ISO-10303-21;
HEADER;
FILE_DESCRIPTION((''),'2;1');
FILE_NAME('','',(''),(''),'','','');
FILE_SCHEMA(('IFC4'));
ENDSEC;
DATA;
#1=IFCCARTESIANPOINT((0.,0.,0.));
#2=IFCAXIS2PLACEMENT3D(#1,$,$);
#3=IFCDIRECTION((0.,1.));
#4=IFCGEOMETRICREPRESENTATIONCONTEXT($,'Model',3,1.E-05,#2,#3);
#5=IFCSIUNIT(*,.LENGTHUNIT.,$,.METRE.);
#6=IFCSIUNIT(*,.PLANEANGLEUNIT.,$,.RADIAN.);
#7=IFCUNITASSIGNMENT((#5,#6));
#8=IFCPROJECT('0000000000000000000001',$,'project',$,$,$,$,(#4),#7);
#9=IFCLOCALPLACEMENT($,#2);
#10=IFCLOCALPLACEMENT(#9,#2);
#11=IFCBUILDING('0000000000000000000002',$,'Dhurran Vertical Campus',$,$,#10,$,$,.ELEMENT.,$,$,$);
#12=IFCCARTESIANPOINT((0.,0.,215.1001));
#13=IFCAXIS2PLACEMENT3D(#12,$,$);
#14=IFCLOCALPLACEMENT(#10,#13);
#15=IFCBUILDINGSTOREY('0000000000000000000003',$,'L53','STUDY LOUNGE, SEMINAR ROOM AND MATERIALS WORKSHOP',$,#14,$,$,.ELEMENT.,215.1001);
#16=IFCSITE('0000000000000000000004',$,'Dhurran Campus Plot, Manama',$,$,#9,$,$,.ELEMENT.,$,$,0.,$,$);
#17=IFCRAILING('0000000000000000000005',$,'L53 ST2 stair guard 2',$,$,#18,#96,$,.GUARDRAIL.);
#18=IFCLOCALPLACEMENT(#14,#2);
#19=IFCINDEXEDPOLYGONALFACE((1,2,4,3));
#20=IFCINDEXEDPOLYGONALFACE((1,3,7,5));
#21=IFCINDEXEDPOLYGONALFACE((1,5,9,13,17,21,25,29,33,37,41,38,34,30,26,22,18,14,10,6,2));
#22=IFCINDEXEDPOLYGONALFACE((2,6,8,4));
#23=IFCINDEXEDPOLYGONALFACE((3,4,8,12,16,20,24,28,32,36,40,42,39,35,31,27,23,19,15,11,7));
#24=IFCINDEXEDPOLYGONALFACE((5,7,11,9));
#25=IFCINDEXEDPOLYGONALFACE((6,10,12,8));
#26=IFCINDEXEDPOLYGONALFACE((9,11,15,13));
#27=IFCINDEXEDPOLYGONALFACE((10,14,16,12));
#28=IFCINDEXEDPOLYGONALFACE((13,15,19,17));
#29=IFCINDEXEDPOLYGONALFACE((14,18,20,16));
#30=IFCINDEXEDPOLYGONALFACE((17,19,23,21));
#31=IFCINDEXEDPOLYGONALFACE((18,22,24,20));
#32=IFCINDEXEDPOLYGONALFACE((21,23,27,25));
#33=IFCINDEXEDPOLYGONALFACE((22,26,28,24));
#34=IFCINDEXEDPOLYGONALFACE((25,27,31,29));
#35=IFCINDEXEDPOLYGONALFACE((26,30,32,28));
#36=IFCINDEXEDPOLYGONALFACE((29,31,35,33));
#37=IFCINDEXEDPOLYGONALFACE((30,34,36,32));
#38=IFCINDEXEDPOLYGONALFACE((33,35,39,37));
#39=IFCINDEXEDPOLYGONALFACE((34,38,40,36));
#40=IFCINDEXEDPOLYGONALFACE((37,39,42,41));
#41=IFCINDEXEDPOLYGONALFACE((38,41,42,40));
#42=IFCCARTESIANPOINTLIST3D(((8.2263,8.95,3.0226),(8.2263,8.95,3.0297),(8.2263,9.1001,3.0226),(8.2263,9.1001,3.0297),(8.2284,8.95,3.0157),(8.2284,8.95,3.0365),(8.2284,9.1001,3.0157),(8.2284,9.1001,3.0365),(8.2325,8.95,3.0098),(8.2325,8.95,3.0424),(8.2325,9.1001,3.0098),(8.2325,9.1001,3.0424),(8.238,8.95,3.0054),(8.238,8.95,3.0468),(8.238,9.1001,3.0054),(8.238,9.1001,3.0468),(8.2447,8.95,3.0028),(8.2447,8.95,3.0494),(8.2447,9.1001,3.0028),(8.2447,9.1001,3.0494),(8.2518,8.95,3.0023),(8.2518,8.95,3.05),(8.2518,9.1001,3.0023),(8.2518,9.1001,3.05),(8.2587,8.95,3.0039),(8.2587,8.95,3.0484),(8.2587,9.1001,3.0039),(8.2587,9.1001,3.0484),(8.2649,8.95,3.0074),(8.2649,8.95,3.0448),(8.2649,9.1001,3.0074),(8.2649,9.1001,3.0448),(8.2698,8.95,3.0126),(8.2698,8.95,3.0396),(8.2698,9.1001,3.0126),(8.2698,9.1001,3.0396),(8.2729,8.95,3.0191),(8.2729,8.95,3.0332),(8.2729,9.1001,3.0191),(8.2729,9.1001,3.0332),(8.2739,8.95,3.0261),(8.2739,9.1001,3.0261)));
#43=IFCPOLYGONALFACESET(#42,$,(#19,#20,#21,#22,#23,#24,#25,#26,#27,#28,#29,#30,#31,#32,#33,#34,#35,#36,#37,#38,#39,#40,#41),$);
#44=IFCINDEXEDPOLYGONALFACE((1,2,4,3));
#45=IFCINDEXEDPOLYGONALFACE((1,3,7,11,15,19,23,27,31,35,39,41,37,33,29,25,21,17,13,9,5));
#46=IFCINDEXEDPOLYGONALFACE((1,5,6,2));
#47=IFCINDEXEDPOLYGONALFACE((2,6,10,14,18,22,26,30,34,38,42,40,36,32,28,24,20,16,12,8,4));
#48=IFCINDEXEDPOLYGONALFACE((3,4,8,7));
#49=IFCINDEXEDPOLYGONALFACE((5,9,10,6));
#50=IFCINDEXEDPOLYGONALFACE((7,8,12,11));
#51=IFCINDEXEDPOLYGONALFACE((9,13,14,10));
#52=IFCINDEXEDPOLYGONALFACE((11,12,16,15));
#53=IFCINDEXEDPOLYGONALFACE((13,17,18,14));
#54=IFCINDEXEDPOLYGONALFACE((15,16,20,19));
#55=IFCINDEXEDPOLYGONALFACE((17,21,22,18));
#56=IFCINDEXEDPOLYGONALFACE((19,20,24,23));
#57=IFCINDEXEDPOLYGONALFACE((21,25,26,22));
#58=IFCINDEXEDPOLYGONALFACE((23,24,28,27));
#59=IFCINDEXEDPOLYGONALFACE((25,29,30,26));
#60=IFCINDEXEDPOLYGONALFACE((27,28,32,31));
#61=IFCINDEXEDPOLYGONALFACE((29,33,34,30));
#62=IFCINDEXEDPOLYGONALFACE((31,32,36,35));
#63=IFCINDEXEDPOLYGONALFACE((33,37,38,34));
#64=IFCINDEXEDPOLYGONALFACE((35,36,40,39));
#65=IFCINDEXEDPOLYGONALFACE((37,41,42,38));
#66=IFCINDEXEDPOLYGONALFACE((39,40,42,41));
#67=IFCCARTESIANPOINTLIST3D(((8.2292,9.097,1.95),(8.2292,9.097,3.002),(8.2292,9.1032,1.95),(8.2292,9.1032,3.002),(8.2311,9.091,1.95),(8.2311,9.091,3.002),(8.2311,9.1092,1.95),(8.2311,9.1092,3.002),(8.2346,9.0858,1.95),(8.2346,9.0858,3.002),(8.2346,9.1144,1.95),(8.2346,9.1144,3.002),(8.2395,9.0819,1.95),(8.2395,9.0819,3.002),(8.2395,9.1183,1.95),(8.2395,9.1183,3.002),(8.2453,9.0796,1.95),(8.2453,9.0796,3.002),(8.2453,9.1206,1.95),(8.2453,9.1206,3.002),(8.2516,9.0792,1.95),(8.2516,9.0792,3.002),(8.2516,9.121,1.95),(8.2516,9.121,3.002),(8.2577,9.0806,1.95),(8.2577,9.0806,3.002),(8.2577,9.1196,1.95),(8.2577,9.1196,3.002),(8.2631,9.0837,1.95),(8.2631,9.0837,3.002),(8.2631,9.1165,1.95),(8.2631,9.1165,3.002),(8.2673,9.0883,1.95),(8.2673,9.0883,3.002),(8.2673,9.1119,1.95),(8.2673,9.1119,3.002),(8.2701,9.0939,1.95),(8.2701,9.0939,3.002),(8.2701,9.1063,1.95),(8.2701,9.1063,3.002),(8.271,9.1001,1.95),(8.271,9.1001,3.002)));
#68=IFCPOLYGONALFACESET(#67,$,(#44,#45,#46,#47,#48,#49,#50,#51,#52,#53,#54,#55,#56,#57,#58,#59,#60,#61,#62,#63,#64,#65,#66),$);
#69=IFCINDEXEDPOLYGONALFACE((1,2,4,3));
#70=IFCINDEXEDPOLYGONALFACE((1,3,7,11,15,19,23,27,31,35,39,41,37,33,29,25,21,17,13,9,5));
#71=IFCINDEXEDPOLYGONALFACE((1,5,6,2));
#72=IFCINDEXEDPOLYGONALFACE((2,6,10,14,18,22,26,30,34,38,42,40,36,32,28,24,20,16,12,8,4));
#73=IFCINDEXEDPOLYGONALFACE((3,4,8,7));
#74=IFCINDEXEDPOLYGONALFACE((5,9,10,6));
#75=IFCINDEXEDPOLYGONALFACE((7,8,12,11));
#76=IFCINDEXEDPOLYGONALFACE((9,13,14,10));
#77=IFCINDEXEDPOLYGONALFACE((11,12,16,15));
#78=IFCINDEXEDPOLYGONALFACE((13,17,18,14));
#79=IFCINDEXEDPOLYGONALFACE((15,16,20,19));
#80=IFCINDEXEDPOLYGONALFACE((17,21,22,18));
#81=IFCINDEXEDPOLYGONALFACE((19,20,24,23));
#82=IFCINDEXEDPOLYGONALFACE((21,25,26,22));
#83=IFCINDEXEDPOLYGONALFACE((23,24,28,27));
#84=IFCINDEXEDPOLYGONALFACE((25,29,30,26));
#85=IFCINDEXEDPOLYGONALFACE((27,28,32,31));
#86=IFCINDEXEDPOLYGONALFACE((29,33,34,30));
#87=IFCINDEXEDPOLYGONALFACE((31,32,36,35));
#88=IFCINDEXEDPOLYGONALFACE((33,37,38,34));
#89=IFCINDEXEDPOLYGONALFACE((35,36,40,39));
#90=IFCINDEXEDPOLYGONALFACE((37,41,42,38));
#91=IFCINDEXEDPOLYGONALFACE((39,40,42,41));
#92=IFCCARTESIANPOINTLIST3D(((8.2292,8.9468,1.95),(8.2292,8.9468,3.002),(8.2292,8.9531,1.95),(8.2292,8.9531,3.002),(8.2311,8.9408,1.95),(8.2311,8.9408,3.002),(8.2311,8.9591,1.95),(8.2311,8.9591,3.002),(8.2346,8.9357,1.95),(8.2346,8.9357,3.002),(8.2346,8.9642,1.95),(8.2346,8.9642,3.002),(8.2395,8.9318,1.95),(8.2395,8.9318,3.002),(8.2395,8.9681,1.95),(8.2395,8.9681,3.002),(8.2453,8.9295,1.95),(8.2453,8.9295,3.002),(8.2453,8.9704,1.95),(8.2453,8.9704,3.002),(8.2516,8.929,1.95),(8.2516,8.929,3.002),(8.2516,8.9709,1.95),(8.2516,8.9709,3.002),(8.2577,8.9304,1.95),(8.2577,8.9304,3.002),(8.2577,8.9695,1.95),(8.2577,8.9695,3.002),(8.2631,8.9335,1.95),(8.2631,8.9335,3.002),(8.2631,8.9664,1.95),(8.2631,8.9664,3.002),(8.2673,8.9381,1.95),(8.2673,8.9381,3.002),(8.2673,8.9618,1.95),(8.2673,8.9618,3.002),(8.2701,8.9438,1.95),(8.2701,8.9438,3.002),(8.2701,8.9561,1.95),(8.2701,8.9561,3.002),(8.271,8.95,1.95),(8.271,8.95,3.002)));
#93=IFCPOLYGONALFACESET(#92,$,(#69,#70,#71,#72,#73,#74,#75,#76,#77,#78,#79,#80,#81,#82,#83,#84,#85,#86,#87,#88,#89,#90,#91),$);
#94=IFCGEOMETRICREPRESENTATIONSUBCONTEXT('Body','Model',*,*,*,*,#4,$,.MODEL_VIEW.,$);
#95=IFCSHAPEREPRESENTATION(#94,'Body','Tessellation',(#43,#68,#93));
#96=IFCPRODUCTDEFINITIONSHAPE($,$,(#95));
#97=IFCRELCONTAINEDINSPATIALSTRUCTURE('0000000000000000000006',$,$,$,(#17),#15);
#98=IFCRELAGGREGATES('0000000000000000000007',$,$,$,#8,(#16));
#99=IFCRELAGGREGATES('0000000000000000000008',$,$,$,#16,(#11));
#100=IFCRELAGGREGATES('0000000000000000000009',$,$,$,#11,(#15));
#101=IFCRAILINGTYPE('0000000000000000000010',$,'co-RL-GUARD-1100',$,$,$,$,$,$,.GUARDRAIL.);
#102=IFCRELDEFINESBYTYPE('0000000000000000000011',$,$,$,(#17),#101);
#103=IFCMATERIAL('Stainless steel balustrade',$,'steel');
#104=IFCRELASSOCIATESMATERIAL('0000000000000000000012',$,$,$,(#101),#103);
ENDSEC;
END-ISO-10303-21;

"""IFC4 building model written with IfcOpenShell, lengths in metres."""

from ifc_helpers import new_model, si_unit, direction, frame, origin, origin_2d, place, context, subcontext, project, spatial, circle, extrude, material, type_object, element, save


model = new_model("IFC4")

# Units and contexts
model_context = context("Model", 3, precision=1e-05, world=origin(), true_north=direction((0.0, 1.0)))
body_context = subcontext(model_context, "Body", "Model", "MODEL_VIEW")
ifc_project = project(units=[si_unit("LENGTHUNIT", "METRE"), si_unit("PLANEANGLEUNIT", "RADIAN")], contexts=[model_context])

# Site, building, storey
site_placement = place(None, origin())
site = spatial("IfcSite", under=ifc_project, at=site_placement, Name="Dhurran Campus Plot, Manama", CompositionType="ELEMENT", RefElevation=0.0)
building_placement = place(site_placement, origin())
building = spatial("IfcBuilding", under=site, at=building_placement, Name="Dhurran Vertical Campus", CompositionType="ELEMENT")
storey_placement = place(building_placement, frame((0.0, 0.0, 215.1001)))
storey = spatial("IfcBuildingStorey", under=building, at=storey_placement, Name="L53", Description="STUDY LOUNGE, SEMINAR ROOM AND MATERIALS WORKSHOP", CompositionType="ELEMENT", Elevation=215.1001)

# Railing
ifc_material_1 = material(Name="Stainless steel balustrade", Category="steel")
railing_type_1 = type_object("IfcRailingType", Name="co-RL-GUARD-1100", PredefinedType="GUARDRAIL", material=ifc_material_1)
railing_1_placement = place(storey_placement, frame((8.25, 9.1001, 1.95)))
element("IfcRailing", 1, at=railing_1_placement, inside=storey, type_object=railing_type_1, Name="L53 ST2 stair guard 2", PredefinedType="GUARDRAIL", context=body_context, shape_type="SweptSolid", body=[
    extrude(circle(Radius=0.0239, at=origin_2d()), frame((0.0, 0.0, 1.0762), z_axis=(0.0, -1.0, 0.0), x_axis=(1.0, 0.0, 0.0)), (0.0, 0.0, 1.0), 0.1501),
    extrude(circle(Radius=0.021, at=origin_2d()), origin(), (0.0, 0.0, 1.0), 1.052),
    extrude(circle(Radius=0.021, at=origin_2d()), frame((0.0, -0.1501, 0.0)), (0.0, 0.0, 1.0), 1.052),
])

save(model, "model.ifc")
